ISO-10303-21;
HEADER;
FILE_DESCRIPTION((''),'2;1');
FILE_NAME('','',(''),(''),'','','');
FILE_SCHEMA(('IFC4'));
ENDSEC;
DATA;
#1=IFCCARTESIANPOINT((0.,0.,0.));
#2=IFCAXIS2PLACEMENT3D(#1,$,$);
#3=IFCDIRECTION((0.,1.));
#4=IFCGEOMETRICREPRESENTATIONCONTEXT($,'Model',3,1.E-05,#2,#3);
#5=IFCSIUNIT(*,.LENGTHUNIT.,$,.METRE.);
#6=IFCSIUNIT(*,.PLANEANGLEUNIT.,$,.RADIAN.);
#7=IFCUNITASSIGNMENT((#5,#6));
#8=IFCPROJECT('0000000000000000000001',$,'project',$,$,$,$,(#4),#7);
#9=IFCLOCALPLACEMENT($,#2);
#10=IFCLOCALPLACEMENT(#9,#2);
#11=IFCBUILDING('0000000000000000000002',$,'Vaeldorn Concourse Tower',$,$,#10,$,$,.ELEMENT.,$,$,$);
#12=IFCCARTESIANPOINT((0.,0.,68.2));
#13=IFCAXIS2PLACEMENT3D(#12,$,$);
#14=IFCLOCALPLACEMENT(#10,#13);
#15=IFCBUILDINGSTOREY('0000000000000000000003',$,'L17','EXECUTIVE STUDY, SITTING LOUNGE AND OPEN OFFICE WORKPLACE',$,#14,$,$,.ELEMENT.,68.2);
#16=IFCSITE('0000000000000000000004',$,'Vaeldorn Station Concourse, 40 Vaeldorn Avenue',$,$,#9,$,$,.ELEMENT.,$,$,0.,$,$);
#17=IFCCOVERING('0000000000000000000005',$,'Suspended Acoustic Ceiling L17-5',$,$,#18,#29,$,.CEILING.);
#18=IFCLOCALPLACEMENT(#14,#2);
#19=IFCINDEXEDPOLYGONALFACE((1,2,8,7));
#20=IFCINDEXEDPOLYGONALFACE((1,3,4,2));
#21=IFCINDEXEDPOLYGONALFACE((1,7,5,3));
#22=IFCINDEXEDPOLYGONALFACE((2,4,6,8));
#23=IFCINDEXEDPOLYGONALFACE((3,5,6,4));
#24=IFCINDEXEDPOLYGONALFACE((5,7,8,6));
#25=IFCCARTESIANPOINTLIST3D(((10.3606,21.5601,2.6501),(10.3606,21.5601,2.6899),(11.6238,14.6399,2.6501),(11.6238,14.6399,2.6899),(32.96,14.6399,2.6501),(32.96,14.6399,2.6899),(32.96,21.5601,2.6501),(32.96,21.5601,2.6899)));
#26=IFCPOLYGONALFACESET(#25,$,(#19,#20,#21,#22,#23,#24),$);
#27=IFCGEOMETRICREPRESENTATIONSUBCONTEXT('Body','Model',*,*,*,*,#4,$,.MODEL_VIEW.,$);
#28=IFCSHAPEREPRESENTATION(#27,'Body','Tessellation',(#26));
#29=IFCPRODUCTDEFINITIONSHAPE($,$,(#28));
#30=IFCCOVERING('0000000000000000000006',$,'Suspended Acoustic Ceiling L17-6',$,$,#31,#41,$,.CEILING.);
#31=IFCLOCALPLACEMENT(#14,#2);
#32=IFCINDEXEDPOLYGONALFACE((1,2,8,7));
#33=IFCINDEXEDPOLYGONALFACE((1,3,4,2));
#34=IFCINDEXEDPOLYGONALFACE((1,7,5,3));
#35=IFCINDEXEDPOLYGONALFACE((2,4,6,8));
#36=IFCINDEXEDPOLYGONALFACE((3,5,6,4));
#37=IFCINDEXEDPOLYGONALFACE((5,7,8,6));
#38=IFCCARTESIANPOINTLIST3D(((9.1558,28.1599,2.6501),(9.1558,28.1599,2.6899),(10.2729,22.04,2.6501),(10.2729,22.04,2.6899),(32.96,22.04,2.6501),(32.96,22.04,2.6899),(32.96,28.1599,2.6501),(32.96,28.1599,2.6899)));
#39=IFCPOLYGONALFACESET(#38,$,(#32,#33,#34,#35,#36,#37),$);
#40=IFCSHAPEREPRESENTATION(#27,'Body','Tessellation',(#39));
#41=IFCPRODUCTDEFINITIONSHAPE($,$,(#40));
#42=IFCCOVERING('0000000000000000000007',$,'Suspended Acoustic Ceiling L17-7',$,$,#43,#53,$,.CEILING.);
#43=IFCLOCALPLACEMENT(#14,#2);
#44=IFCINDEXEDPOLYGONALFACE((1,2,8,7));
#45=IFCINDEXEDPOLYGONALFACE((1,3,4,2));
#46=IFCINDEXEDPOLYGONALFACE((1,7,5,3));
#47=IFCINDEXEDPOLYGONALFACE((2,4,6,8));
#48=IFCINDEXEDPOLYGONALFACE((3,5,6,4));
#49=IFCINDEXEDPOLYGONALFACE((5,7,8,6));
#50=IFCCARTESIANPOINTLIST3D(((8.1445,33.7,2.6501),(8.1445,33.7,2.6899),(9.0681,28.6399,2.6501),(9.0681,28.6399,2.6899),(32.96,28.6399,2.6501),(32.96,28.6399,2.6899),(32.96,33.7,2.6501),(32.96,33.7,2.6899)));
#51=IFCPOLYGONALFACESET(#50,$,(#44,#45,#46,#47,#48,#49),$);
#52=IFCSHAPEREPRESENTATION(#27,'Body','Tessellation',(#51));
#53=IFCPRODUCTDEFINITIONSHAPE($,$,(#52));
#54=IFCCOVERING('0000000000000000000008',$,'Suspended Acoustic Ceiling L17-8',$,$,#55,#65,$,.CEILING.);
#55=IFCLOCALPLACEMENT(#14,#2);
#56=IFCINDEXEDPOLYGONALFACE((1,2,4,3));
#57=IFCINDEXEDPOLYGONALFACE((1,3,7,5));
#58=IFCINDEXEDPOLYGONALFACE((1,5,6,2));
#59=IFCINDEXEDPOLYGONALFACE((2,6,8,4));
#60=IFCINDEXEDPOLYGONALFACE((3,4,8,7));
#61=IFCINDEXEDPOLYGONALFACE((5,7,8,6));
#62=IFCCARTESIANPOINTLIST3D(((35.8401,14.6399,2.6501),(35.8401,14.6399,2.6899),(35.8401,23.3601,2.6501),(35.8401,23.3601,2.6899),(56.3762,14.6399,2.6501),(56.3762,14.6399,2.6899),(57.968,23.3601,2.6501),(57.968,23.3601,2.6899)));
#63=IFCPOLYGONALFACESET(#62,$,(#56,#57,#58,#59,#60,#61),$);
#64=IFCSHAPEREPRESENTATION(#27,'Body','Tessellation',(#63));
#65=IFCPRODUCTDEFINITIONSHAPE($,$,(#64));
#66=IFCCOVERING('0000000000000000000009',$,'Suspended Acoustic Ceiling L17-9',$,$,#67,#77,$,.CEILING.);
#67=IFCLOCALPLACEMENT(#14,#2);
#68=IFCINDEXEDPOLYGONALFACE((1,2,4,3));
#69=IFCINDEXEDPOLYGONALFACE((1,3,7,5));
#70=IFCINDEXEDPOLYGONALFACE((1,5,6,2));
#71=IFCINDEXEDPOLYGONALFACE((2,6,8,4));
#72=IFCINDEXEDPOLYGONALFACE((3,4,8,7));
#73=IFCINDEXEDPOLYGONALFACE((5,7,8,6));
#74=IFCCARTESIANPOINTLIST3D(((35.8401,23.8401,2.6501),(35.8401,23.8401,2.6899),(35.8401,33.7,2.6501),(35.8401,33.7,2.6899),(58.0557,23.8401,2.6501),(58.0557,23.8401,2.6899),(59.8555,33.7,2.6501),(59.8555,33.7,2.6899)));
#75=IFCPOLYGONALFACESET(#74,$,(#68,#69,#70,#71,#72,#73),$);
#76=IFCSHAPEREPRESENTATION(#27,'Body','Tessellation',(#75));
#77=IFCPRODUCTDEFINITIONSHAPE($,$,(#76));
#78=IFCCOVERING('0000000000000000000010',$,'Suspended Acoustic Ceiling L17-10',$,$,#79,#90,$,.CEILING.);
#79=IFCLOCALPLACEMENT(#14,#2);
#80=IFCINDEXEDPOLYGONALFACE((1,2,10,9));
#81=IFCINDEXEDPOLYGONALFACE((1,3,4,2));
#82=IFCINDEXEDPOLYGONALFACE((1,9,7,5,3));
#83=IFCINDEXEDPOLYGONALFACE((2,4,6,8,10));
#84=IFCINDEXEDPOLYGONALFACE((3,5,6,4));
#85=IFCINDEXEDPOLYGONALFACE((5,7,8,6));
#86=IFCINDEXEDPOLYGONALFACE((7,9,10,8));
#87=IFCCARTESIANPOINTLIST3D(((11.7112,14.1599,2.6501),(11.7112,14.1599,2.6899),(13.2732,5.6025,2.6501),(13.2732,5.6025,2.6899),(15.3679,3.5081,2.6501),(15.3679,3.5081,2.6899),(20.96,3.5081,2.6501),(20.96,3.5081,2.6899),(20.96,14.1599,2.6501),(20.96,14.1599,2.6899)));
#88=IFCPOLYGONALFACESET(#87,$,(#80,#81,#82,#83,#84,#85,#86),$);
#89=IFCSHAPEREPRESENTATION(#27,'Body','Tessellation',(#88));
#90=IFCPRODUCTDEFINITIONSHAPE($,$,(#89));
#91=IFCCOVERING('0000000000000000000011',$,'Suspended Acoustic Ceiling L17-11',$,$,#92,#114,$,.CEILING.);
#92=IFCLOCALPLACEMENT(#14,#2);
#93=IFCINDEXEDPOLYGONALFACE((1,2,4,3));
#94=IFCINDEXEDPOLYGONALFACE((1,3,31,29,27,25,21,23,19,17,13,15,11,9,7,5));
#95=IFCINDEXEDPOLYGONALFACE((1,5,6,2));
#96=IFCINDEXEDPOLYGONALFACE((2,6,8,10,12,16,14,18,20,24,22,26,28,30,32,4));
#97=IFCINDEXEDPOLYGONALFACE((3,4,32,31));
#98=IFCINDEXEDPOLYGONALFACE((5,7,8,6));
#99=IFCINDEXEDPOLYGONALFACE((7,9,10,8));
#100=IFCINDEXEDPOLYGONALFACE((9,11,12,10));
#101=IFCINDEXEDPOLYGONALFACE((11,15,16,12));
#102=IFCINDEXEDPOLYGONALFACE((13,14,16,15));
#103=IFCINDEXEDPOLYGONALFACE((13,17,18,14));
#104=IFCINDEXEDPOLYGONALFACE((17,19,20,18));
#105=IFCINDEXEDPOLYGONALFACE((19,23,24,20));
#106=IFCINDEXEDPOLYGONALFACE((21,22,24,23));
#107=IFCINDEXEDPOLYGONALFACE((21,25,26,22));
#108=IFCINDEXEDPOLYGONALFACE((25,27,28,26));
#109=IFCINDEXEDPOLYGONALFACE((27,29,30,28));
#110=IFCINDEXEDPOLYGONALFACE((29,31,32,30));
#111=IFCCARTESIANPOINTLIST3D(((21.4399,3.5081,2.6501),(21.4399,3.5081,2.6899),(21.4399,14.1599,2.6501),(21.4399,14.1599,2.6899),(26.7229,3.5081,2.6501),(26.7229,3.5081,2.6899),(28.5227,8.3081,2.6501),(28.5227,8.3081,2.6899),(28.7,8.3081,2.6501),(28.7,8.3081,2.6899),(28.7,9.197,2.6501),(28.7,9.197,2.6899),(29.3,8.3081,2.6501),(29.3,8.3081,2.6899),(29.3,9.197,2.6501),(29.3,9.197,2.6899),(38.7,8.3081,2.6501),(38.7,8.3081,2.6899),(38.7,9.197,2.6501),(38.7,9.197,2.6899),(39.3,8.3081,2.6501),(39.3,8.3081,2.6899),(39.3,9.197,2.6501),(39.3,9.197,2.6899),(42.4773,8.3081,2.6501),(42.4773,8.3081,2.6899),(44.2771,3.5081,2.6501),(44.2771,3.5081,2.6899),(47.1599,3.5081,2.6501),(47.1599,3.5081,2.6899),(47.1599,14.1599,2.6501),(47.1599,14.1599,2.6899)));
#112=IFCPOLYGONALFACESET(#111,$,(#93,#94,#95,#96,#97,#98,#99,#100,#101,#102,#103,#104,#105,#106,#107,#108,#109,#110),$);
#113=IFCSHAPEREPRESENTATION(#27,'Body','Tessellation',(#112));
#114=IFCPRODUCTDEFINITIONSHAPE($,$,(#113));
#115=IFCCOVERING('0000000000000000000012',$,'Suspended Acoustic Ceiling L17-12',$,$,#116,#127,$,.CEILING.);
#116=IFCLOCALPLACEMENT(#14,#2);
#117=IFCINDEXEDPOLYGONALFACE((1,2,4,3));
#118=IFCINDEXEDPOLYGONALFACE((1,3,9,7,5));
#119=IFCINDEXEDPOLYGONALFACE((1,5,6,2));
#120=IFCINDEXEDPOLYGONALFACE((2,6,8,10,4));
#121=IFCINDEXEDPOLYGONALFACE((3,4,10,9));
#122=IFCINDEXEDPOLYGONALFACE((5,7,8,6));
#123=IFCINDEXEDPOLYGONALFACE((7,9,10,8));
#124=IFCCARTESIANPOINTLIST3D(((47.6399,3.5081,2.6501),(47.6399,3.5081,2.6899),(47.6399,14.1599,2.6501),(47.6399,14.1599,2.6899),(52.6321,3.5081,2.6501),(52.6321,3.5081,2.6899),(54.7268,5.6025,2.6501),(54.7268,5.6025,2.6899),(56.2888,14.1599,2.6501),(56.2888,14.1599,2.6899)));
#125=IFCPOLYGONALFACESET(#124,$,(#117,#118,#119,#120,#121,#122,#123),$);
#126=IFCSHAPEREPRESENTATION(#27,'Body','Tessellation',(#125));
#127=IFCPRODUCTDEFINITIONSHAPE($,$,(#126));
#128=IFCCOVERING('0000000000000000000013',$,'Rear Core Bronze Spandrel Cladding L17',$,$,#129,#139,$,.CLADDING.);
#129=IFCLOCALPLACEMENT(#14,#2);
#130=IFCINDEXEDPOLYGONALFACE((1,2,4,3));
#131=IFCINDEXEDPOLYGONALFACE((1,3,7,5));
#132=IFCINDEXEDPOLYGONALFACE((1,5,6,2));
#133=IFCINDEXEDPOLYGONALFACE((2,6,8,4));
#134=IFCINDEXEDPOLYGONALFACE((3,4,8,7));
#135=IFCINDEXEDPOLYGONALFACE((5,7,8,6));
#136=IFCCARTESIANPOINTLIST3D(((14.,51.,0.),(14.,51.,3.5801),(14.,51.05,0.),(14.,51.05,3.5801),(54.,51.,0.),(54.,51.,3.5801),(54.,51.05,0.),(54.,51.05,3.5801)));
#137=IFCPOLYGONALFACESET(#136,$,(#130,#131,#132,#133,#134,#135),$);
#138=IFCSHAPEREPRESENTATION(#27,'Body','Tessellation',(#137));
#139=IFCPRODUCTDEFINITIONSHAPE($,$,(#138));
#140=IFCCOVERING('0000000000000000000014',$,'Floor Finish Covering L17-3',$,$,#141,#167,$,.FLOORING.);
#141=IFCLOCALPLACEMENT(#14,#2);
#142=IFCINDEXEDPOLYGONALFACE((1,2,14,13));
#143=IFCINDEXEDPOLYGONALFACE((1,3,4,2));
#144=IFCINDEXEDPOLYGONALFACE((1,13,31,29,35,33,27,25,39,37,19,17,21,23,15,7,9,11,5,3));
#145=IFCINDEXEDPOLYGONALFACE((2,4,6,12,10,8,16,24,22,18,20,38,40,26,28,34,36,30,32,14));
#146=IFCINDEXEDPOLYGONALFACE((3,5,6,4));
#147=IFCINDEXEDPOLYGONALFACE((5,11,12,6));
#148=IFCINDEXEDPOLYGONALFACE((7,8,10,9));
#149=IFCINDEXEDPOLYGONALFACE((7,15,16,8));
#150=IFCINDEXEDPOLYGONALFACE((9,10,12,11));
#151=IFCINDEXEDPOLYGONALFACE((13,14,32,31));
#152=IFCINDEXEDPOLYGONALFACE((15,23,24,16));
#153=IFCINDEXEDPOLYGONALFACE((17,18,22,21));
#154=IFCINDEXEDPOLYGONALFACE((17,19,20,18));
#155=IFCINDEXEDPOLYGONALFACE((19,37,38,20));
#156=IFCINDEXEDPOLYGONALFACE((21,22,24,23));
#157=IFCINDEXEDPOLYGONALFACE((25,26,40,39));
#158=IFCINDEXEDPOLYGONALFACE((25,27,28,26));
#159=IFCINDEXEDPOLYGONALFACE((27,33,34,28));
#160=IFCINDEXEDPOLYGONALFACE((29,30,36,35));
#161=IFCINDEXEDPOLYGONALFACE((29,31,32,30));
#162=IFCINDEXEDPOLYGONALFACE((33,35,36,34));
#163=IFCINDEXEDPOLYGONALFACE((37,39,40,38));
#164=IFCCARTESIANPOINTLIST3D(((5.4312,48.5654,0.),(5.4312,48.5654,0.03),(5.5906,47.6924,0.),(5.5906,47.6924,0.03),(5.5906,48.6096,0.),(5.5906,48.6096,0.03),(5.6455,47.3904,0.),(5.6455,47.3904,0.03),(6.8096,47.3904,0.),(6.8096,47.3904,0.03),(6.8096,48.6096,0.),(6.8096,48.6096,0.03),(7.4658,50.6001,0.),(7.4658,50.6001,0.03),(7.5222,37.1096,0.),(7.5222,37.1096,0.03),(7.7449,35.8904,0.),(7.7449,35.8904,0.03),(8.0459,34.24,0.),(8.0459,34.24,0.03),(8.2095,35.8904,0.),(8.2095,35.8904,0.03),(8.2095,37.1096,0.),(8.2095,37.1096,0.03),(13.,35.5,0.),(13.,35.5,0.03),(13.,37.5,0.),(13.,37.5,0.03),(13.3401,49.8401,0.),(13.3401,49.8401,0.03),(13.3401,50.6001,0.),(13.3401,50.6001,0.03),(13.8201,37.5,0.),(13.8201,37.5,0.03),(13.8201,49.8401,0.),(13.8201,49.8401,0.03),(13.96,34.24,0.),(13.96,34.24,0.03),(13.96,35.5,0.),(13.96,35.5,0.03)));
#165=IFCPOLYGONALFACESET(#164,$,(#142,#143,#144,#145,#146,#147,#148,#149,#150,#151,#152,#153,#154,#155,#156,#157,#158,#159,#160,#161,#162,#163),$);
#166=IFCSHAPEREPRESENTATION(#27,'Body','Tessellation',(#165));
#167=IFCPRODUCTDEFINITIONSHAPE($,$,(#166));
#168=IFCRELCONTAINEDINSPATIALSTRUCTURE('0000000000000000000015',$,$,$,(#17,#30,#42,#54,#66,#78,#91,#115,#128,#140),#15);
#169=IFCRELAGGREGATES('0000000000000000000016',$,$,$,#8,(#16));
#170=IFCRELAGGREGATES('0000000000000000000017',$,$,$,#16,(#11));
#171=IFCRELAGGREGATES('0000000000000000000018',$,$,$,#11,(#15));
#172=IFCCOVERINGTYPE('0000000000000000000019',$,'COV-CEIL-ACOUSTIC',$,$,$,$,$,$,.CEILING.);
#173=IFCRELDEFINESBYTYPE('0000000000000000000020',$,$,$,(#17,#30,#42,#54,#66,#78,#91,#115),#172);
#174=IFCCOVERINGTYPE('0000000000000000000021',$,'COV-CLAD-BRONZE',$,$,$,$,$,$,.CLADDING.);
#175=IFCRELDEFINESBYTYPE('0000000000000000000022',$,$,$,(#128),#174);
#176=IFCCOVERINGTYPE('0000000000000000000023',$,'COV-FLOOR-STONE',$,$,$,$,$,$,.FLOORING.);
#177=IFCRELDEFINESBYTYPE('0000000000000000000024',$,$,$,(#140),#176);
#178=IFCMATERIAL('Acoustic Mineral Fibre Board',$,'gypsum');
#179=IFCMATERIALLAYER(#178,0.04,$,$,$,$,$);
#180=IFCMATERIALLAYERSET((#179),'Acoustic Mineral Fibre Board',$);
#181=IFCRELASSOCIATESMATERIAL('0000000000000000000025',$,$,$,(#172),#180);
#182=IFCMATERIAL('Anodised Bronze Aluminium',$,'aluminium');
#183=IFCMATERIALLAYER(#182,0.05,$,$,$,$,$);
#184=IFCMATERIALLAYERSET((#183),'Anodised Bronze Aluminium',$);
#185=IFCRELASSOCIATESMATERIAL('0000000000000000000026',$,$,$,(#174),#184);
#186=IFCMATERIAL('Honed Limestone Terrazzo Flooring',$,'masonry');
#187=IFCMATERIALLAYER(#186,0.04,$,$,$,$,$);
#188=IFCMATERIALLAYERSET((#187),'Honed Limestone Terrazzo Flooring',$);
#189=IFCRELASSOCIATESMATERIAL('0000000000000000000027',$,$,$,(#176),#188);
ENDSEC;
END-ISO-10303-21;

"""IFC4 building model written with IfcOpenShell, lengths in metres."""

from ifc_helpers import new_model, si_unit, direction, frame, origin, place, context, subcontext, project, spatial, polyline, outline, extrude, material, layer, layer_set, type_object, element, save


model = new_model("IFC4")

# Units and contexts
model_context = context("Model", 3, precision=1e-05, world=origin(), true_north=direction((0.0, 1.0)))
body_context = subcontext(model_context, "Body", "Model", "MODEL_VIEW")
ifc_project = project(units=[si_unit("LENGTHUNIT", "METRE"), si_unit("PLANEANGLEUNIT", "RADIAN")], contexts=[model_context])

# Site, building, storey
site_placement = place(None, origin())
site = spatial("IfcSite", under=ifc_project, at=site_placement, Name="Vaeldorn Station Concourse, 40 Vaeldorn Avenue", CompositionType="ELEMENT", RefElevation=0.0)
building_placement = place(site_placement, origin())
building = spatial("IfcBuilding", under=site, at=building_placement, Name="Vaeldorn Concourse Tower", CompositionType="ELEMENT")
storey_placement = place(building_placement, frame((0.0, 0.0, 68.2)))
storey = spatial("IfcBuildingStorey", under=building, at=storey_placement, Name="L17", Description="EXECUTIVE STUDY, SITTING LOUNGE AND OPEN OFFICE WORKPLACE", CompositionType="ELEMENT", Elevation=68.2)

# Coverings
ifc_material_1 = material(Name="Acoustic Mineral Fibre Board", Category="gypsum")
ifc_layer_1 = layer(ifc_material_1, 0.04)
ifc_layer_set_1 = layer_set([ifc_layer_1], Name="Acoustic Mineral Fibre Board")
covering_type_1 = type_object("IfcCoveringType", Name="COV-CEIL-ACOUSTIC", PredefinedType="CEILING", material=ifc_layer_set_1)
covering_1_placement = place(storey_placement, frame((0.0, 0.0, 2.6501)))
element("IfcCovering", 1, at=covering_1_placement, inside=storey, type_object=covering_type_1, Name="Suspended Acoustic Ceiling L17-5", PredefinedType="CEILING", context=body_context, shape_type="SweptSolid", body=[
    extrude(outline(polyline([(32.96, 21.5601), (32.96, 14.6399), (11.6238, 14.6399), (10.3606, 21.5601), (32.96, 21.5601)])), origin(), (0.0, 0.0, 1.0), 0.0398),
])
covering_2_placement = place(storey_placement, frame((0.0, 0.0, 2.6501)))
element("IfcCovering", 2, at=covering_2_placement, inside=storey, type_object=covering_type_1, Name="Suspended Acoustic Ceiling L17-6", PredefinedType="CEILING", context=body_context, shape_type="SweptSolid", body=[
    extrude(outline(polyline([(32.96, 28.1599), (32.96, 22.04), (10.2729, 22.04), (9.1558, 28.1599), (32.96, 28.1599)])), origin(), (0.0, 0.0, 1.0), 0.0398),
])
covering_3_placement = place(storey_placement, frame((0.0, 0.0, 2.6501)))
element("IfcCovering", 3, at=covering_3_placement, inside=storey, type_object=covering_type_1, Name="Suspended Acoustic Ceiling L17-7", PredefinedType="CEILING", context=body_context, shape_type="SweptSolid", body=[
    extrude(outline(polyline([(32.96, 33.7), (32.96, 28.6399), (9.0681, 28.6399), (8.1445, 33.7), (32.96, 33.7)])), origin(), (0.0, 0.0, 1.0), 0.0398),
])
covering_4_placement = place(storey_placement, frame((0.0, 0.0, 2.6501)))
element("IfcCovering", 4, at=covering_4_placement, inside=storey, type_object=covering_type_1, Name="Suspended Acoustic Ceiling L17-8", PredefinedType="CEILING", context=body_context, shape_type="SweptSolid", body=[
    extrude(outline(polyline([(35.8401, 14.6399), (35.8401, 23.3601), (57.968, 23.3601), (56.3762, 14.6399), (35.8401, 14.6399)])), origin(), (0.0, 0.0, 1.0), 0.0398),
])
covering_5_placement = place(storey_placement, frame((0.0, 0.0, 2.6501)))
element("IfcCovering", 5, at=covering_5_placement, inside=storey, type_object=covering_type_1, Name="Suspended Acoustic Ceiling L17-9", PredefinedType="CEILING", context=body_context, shape_type="SweptSolid", body=[
    extrude(outline(polyline([(35.8401, 23.8401), (35.8401, 33.7), (59.8555, 33.7), (58.0557, 23.8401), (35.8401, 23.8401)])), origin(), (0.0, 0.0, 1.0), 0.0398),
])
covering_6_placement = place(storey_placement, frame((0.0, 0.0, 2.6501)))
element("IfcCovering", 6, at=covering_6_placement, inside=storey, type_object=covering_type_1, Name="Suspended Acoustic Ceiling L17-10", PredefinedType="CEILING", context=body_context, shape_type="SweptSolid", body=[
    extrude(outline(polyline([(20.96, 14.1599), (20.96, 3.5081), (15.3679, 3.5081), (13.2732, 5.6025), (11.7112, 14.1599), (20.96, 14.1599)])), origin(), (0.0, 0.0, 1.0), 0.0398),
])
covering_7_placement = place(storey_placement, frame((0.0, 0.0, 2.6501)))
element("IfcCovering", 7, at=covering_7_placement, inside=storey, type_object=covering_type_1, Name="Suspended Acoustic Ceiling L17-11", PredefinedType="CEILING", context=body_context, shape_type="SweptSolid", body=[
    extrude(outline(polyline([(26.7229, 3.5081), (21.4399, 3.5081), (21.4399, 14.1599), (47.1599, 14.1599), (47.1599, 3.5081), (44.2771, 3.5081), (42.4773, 8.3081), (39.3, 8.3081), (39.3, 9.197), (38.7, 9.197), (38.7, 8.3081), (29.3, 8.3081), (29.3, 9.197), (28.7, 9.197), (28.7, 8.3081), (28.5227, 8.3081), (26.7229, 3.5081)])), origin(), (0.0, 0.0, 1.0), 0.0398),
])
covering_8_placement = place(storey_placement, frame((0.0, 0.0, 2.6501)))
element("IfcCovering", 8, at=covering_8_placement, inside=storey, type_object=covering_type_1, Name="Suspended Acoustic Ceiling L17-12", PredefinedType="CEILING", context=body_context, shape_type="SweptSolid", body=[
    extrude(outline(polyline([(52.6321, 3.5081), (47.6399, 3.5081), (47.6399, 14.1599), (56.2888, 14.1599), (54.7268, 5.6025), (52.6321, 3.5081)])), origin(), (0.0, 0.0, 1.0), 0.0398),
])
ifc_material_2 = material(Name="Anodised Bronze Aluminium", Category="aluminium")
ifc_layer_2 = layer(ifc_material_2, 0.05)
ifc_layer_set_2 = layer_set([ifc_layer_2], Name="Anodised Bronze Aluminium")
covering_type_2 = type_object("IfcCoveringType", Name="COV-CLAD-BRONZE", PredefinedType="CLADDING", material=ifc_layer_set_2)
covering_9_placement = place(storey_placement, origin())
element("IfcCovering", 9, at=covering_9_placement, inside=storey, type_object=covering_type_2, Name="Rear Core Bronze Spandrel Cladding L17", PredefinedType="CLADDING", context=body_context, shape_type="SweptSolid", body=[
    extrude(outline(polyline([(14.0, 51.0), (54.0, 51.0), (54.0, 51.05), (14.0, 51.05), (14.0, 51.0)])), origin(), (0.0, 0.0, 1.0), 3.5801),
])
ifc_material_3 = material(Name="Honed Limestone Terrazzo Flooring", Category="masonry")
ifc_layer_3 = layer(ifc_material_3, 0.04)
ifc_layer_set_3 = layer_set([ifc_layer_3], Name="Honed Limestone Terrazzo Flooring")
covering_type_3 = type_object("IfcCoveringType", Name="COV-FLOOR-STONE", PredefinedType="FLOORING", material=ifc_layer_set_3)
covering_10_placement = place(storey_placement, origin())
element("IfcCovering", 10, at=covering_10_placement, inside=storey, type_object=covering_type_3, Name="Floor Finish Covering L17-3", PredefinedType="FLOORING", context=body_context, shape_type="SweptSolid", body=[
    extrude(outline(polyline([(7.4658, 50.6001), (13.3401, 50.6001), (13.3401, 49.8401), (13.8201, 49.8401), (13.8201, 37.5), (13.0, 37.5), (13.0, 35.5), (13.96, 35.5), (13.96, 34.24), (8.0459, 34.24), (7.7449, 35.8904), (8.2095, 35.8904), (8.2095, 37.1096), (7.5222, 37.1096), (5.6455, 47.3904), (6.8096, 47.3904), (6.8096, 48.6096), (5.5906, 48.6096), (5.5906, 47.6924), (5.4312, 48.5654), (7.4658, 50.6001)])), origin(), (0.0, 0.0, 1.0), 0.03),
])

save(model, "model.ifc")
